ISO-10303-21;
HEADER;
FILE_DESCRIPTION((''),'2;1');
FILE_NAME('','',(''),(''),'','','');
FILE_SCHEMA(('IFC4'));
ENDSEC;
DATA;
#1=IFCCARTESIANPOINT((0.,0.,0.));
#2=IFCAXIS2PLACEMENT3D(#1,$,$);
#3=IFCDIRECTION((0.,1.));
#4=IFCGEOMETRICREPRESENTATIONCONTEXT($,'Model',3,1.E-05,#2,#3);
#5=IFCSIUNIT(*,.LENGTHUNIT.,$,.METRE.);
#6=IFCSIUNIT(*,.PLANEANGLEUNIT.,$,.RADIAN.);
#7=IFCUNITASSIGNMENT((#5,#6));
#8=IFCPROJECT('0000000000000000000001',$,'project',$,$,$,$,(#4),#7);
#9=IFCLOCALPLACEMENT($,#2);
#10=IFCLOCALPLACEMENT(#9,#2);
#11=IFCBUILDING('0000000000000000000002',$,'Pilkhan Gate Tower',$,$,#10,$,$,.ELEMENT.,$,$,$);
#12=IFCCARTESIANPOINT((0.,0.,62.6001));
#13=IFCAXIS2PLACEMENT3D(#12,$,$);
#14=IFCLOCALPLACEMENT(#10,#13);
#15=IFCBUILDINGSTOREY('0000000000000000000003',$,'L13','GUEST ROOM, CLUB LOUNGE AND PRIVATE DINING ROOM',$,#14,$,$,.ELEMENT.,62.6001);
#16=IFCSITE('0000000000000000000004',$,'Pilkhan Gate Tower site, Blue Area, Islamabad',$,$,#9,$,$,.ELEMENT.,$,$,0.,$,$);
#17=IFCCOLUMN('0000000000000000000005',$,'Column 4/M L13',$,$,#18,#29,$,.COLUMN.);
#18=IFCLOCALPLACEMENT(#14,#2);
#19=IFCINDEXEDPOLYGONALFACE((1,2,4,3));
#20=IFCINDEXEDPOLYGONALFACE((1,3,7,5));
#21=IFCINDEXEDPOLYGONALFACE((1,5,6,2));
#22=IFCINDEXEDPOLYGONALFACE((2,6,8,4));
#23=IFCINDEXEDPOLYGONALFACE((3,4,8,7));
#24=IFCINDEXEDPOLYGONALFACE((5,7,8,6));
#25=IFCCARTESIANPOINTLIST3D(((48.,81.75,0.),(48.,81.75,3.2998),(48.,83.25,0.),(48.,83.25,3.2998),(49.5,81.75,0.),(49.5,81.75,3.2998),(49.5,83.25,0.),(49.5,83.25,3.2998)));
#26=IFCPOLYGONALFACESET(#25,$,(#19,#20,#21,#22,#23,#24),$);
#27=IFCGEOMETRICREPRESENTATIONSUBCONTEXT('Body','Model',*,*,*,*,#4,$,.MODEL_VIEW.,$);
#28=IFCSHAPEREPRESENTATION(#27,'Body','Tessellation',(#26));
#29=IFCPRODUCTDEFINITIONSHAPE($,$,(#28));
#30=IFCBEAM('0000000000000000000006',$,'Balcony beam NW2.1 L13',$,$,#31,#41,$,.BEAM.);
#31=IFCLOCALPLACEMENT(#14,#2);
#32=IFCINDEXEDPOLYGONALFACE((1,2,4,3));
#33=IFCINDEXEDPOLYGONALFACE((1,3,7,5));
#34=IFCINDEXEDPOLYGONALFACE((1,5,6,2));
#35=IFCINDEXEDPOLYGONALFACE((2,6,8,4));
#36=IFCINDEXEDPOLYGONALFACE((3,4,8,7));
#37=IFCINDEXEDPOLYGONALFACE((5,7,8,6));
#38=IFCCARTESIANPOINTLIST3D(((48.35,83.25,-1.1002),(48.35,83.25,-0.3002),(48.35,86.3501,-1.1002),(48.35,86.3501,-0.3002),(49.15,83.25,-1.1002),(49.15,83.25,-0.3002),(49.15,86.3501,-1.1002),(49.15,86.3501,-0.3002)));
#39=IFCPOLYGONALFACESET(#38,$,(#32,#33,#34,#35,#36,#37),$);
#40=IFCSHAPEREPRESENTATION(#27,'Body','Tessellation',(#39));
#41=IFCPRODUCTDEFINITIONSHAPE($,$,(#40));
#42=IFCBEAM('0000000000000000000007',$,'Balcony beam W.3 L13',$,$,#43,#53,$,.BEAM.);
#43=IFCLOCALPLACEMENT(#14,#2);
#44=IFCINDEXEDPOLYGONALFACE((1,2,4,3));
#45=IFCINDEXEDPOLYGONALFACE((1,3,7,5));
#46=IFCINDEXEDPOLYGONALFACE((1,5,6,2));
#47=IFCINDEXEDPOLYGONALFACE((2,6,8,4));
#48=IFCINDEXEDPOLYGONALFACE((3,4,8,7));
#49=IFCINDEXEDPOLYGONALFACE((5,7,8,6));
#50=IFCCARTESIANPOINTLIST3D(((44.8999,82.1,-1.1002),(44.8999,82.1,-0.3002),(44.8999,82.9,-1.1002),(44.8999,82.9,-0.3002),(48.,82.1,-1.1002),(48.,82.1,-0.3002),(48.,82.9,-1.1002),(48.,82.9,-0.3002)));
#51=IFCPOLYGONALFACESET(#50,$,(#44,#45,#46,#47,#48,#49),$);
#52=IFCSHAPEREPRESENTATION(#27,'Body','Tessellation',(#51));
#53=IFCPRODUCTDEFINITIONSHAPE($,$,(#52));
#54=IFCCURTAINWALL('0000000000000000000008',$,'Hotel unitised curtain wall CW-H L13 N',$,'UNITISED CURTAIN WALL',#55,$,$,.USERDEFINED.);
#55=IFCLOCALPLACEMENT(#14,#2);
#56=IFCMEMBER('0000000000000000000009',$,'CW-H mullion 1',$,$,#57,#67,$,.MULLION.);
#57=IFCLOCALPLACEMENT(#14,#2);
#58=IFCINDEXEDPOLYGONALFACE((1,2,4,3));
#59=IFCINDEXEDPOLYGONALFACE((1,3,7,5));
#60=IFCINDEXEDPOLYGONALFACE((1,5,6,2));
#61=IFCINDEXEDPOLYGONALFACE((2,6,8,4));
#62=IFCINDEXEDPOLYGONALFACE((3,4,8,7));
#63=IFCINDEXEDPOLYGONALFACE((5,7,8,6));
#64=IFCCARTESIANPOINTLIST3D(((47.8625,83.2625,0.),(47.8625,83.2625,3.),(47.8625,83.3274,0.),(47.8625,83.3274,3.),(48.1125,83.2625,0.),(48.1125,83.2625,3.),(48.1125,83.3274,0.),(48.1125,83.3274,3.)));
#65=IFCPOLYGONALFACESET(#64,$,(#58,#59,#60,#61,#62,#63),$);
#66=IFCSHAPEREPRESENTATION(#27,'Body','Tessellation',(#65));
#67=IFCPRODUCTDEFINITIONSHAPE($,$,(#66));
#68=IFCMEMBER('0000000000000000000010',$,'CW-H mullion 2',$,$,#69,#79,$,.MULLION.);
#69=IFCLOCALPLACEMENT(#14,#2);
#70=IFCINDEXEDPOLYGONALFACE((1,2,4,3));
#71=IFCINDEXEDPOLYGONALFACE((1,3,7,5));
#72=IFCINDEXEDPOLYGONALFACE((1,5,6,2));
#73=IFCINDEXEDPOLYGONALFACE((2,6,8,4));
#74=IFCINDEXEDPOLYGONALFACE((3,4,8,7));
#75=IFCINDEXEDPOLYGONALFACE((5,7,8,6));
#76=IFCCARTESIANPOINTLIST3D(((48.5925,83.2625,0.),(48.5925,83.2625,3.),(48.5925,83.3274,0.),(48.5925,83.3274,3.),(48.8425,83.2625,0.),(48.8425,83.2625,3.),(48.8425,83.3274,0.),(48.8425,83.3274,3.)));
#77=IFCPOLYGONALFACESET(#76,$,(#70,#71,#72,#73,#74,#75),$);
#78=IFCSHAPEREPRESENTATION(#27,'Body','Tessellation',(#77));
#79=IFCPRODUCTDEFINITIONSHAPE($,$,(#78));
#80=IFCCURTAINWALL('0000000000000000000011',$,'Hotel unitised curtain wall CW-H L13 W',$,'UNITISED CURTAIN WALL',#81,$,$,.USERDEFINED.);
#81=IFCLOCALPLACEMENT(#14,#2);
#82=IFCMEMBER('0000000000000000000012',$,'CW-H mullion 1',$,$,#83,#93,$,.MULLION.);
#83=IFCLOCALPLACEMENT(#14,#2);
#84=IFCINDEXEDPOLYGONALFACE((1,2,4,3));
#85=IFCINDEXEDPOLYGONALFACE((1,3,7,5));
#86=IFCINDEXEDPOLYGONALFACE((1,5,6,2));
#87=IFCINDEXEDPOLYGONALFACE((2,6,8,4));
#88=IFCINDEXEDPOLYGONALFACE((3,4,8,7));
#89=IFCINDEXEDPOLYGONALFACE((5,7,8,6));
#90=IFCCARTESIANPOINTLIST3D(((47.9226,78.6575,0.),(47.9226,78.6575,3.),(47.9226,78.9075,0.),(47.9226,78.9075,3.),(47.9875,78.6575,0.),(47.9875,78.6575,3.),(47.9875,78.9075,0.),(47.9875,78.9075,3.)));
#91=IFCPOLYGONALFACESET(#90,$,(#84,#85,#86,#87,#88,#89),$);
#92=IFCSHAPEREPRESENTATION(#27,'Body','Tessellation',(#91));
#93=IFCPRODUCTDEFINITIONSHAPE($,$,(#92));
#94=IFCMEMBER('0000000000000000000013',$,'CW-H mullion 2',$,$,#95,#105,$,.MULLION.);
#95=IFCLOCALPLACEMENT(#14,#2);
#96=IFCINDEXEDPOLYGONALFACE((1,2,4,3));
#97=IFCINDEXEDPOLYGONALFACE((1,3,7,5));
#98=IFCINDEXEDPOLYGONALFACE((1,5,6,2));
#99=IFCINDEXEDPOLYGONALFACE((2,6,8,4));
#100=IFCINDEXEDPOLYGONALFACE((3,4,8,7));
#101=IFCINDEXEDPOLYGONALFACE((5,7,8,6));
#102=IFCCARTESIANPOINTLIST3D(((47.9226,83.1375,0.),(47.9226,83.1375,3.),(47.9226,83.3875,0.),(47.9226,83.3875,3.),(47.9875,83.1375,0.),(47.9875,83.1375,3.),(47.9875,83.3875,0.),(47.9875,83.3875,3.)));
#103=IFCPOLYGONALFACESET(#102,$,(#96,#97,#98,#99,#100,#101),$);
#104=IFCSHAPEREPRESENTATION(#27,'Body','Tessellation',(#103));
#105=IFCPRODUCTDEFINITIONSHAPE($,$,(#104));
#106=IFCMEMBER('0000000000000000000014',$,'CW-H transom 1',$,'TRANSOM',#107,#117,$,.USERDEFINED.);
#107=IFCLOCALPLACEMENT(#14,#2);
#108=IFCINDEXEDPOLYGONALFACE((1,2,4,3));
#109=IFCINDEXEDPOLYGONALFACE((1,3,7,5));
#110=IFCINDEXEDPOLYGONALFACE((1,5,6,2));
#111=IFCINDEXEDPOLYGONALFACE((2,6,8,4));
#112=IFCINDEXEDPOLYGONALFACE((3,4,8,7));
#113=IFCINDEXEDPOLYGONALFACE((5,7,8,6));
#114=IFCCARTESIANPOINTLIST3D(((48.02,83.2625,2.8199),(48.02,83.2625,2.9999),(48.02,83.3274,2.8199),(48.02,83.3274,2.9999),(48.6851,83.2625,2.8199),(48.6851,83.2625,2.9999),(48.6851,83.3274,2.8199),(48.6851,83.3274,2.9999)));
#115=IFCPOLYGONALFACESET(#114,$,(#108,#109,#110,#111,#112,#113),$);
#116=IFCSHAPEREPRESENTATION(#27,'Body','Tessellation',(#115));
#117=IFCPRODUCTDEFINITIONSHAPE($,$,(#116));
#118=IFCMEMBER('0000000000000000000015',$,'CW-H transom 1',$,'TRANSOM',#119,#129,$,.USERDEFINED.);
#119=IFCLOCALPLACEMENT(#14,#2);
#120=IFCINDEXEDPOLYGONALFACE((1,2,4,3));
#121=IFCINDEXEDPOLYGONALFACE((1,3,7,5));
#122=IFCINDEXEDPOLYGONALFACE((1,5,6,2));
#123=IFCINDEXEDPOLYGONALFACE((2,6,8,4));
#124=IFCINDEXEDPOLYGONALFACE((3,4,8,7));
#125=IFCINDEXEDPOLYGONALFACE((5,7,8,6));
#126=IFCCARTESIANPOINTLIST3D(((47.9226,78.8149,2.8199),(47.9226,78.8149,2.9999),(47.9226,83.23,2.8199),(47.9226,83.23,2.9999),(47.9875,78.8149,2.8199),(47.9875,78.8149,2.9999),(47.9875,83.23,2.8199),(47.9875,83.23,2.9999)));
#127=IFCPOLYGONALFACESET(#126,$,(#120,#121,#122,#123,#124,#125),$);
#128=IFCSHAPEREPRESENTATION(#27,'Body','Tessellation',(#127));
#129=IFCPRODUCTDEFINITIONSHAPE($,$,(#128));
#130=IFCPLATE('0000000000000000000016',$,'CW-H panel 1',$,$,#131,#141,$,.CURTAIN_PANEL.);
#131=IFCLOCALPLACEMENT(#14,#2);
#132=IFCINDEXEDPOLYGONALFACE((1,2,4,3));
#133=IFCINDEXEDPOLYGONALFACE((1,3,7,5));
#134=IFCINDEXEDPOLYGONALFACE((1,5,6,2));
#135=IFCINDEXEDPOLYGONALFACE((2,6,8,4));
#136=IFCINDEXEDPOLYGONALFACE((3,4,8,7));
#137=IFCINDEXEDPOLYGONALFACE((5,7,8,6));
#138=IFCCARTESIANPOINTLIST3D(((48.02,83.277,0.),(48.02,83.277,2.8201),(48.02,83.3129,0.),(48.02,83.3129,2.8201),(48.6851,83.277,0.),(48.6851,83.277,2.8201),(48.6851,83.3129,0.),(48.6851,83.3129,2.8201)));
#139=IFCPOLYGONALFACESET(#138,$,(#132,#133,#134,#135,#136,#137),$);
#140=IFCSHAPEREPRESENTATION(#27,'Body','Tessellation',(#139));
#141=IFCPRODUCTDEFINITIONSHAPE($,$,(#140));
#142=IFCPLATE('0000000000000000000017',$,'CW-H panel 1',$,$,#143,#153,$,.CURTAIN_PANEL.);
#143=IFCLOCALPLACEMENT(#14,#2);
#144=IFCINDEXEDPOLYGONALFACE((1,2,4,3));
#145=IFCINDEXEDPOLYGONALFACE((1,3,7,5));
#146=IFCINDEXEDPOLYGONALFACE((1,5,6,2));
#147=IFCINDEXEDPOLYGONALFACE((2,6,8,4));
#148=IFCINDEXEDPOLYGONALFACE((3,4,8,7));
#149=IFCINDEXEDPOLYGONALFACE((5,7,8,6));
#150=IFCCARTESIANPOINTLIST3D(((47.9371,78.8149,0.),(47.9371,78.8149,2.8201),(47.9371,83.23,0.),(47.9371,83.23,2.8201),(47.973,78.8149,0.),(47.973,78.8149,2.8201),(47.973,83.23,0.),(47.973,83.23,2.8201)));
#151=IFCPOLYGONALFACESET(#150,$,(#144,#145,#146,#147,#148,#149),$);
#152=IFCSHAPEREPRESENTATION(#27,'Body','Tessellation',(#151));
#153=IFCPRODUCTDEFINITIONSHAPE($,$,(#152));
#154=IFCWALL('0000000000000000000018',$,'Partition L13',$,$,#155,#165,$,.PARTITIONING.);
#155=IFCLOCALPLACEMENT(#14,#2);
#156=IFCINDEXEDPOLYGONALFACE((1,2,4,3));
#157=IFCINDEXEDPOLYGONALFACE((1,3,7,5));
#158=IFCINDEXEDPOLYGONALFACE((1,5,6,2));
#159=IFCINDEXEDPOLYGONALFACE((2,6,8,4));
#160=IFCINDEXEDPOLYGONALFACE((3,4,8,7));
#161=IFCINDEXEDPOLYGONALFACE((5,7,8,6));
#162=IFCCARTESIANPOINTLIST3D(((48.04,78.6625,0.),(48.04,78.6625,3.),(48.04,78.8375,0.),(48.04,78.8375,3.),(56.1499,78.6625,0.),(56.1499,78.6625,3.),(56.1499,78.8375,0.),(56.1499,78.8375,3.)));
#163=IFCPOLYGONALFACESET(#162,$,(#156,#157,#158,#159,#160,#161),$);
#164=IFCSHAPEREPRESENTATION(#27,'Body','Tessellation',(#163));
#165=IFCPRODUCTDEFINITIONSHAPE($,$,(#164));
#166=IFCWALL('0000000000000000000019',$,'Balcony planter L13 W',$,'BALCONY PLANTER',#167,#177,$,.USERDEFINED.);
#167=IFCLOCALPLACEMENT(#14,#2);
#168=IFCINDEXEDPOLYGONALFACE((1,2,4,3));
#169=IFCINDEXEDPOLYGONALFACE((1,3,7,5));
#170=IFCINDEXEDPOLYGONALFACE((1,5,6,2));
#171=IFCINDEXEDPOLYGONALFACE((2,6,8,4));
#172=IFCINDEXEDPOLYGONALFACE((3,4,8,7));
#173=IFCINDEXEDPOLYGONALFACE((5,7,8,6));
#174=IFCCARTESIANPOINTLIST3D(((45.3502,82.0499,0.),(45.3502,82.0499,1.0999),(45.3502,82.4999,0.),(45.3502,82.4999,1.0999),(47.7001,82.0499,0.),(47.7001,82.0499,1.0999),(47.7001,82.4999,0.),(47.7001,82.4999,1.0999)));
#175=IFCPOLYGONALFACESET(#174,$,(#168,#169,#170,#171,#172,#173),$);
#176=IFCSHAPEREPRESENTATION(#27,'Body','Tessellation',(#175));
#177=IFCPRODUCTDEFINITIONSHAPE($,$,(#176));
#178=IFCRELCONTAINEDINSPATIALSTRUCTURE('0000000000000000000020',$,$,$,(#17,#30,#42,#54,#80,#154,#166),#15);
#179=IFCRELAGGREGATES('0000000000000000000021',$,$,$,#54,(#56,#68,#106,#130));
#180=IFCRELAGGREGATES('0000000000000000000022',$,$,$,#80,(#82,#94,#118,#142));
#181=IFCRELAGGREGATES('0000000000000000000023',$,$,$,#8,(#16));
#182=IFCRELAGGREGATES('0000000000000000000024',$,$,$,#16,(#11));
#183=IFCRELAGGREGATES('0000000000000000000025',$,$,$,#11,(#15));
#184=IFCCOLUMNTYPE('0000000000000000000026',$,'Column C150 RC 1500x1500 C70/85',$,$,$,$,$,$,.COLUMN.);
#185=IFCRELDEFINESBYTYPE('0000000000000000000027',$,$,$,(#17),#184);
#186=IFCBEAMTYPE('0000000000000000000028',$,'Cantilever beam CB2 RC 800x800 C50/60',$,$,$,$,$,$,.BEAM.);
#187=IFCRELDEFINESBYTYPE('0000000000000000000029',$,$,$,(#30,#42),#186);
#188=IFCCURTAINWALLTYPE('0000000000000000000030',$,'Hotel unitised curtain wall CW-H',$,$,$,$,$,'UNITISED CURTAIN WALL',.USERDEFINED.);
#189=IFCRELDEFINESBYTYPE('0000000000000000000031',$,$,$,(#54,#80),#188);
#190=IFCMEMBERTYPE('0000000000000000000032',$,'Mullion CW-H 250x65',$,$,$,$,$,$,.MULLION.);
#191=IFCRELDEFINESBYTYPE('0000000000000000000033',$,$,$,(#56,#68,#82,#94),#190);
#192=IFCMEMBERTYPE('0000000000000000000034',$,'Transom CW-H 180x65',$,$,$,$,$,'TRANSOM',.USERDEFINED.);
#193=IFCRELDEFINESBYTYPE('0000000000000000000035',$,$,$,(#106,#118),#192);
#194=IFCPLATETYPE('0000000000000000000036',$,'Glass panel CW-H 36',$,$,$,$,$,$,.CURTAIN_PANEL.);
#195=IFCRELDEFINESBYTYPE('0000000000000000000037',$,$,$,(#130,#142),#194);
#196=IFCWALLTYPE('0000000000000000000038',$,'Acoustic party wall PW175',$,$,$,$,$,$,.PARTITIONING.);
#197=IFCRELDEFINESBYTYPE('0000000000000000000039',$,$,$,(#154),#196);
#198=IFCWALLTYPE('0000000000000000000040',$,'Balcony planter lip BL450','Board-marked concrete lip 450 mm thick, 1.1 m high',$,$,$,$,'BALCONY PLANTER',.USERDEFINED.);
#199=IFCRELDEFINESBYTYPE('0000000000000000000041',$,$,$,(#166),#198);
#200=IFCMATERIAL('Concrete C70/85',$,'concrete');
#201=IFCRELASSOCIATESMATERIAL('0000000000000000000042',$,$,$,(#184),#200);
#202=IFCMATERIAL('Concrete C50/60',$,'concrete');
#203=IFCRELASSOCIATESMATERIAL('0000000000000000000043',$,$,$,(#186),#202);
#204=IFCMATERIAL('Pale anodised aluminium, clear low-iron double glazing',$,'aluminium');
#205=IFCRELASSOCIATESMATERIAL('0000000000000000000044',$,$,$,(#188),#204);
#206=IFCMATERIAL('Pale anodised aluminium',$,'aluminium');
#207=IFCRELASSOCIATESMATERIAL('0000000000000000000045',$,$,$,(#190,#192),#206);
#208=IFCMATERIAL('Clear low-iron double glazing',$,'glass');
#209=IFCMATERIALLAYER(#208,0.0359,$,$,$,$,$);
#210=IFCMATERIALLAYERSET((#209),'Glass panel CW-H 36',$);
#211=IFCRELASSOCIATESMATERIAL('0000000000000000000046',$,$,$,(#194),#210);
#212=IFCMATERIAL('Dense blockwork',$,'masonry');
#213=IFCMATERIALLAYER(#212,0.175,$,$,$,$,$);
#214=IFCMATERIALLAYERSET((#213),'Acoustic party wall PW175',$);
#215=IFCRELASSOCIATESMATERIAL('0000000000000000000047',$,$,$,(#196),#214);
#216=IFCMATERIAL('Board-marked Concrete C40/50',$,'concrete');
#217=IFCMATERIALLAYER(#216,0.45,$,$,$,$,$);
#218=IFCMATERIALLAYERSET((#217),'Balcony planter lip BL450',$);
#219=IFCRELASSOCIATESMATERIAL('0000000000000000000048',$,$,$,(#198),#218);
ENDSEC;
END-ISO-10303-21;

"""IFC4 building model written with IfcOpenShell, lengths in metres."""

from ifc_helpers import new_model, si_unit, direction, frame, frame_2d, origin, origin_2d, place, context, subcontext, project, spatial, rectangle, extrude, material, layer, layer_set, material_profile, profile_set, type_object, element, aggregate, save


model = new_model("IFC4")

# Units and contexts
model_context = context("Model", 3, precision=1e-05, world=origin(), true_north=direction((0.0, 1.0)))
body_context = subcontext(model_context, "Body", "Model", "MODEL_VIEW")
ifc_project = project(units=[si_unit("LENGTHUNIT", "METRE"), si_unit("PLANEANGLEUNIT", "RADIAN")], contexts=[model_context])

# Site, building, storey
site_placement = place(None, origin())
site = spatial("IfcSite", under=ifc_project, at=site_placement, Name="Pilkhan Gate Tower site, Blue Area, Islamabad", CompositionType="ELEMENT", RefElevation=0.0)
building_placement = place(site_placement, origin())
building = spatial("IfcBuilding", under=site, at=building_placement, Name="Pilkhan Gate Tower", CompositionType="ELEMENT")
storey_placement = place(building_placement, frame((0.0, 0.0, 62.6001)))
storey = spatial("IfcBuildingStorey", under=building, at=storey_placement, Name="L13", Description="GUEST ROOM, CLUB LOUNGE AND PRIVATE DINING ROOM", CompositionType="ELEMENT", Elevation=62.6001)

# Column
ifc_material_1 = material(Name="Concrete C70/85", Category="concrete")
ifc_material_profile_1 = material_profile(ifc_material_1, rectangle(XDim=1.5, YDim=1.5, at=origin_2d()), Name="RC 1500x1500")
ifc_profile_set_1 = profile_set([ifc_material_profile_1], Name="Concrete C70/85")
column_type = type_object("IfcColumnType", Name="Column C150 RC 1500x1500 C70/85", PredefinedType="COLUMN", material=ifc_profile_set_1)
column_placement = place(storey_placement, frame((48.75, 82.5, 0.0), z_axis=(0.0, 0.0, 1.0), x_axis=(1.0, 0.0, 0.0)))
element("IfcColumn", 1, at=column_placement, inside=storey, type_object=column_type, Name="Column 4/M L13", PredefinedType="COLUMN", context=body_context, shape_type="SweptSolid", body=[
    extrude(rectangle(XDim=1.5, YDim=1.5, at=origin_2d()), origin(), (0.0, 0.0, 1.0), 3.2998),
])

# Beams
ifc_material_2 = material(Name="Concrete C50/60", Category="concrete")
ifc_material_profile_2 = material_profile(ifc_material_2, rectangle(XDim=0.8, YDim=0.8, at=origin_2d()), Name="RC 800x800")
ifc_profile_set_2 = profile_set([ifc_material_profile_2], Name="Concrete C50/60")
beam_type = type_object("IfcBeamType", Name="Cantilever beam CB2 RC 800x800 C50/60", PredefinedType="BEAM", material=ifc_profile_set_2)
for number, where, z_axis, x_axis, name in (
    (2, (48.75, 83.25, -0.7002), (0.0, 1.0, 0.0), (-1.0, 0.0, 0.0), "Balcony beam NW2.1 L13"),
    (3, (48.0, 82.5, -0.7002), (-1.0, 0.0, 0.0), (0.0, -1.0, 0.0), "Balcony beam W.3 L13"),
):
    element("IfcBeam", number, at=place(storey_placement, frame(where, z_axis=z_axis, x_axis=x_axis)), inside=storey, type_object=beam_type, Name=name, PredefinedType="BEAM", context=body_context, shape_type="SweptSolid", body=[
        extrude(rectangle(XDim=0.8, YDim=0.8, at=origin_2d()), origin(), (0.0, 0.0, 1.0), 3.1001),
    ])

# Curtain walls, members
ifc_material_3 = material(Name="Pale anodised aluminium, clear low-iron double glazing", Category="aluminium")
curtain_wall_type = type_object("IfcCurtainWallType", Name="Hotel unitised curtain wall CW-H", ElementType="UNITISED CURTAIN WALL", PredefinedType="USERDEFINED", material=ifc_material_3)
curtain_wall_1_placement = place(storey_placement, origin())
curtain_wall_1 = element("IfcCurtainWall", 4, at=curtain_wall_1_placement, inside=storey, type_object=curtain_wall_type, Name="Hotel unitised curtain wall CW-H L13 N", ObjectType="UNITISED CURTAIN WALL", PredefinedType="USERDEFINED")
ifc_material_4 = material(Name="Pale anodised aluminium", Category="aluminium")
ifc_material_profile_3 = material_profile(ifc_material_4, rectangle(XDim=0.0649, YDim=0.25, at=origin_2d()), Name="Mullion 250x65")
ifc_profile_set_3 = profile_set([ifc_material_profile_3], Name="Pale anodised aluminium")
member_type_1 = type_object("IfcMemberType", Name="Mullion CW-H 250x65", PredefinedType="MULLION", material=ifc_profile_set_3)
member_1_placement = place(storey_placement, frame((47.9875, 83.2949, 0.0), z_axis=(0.0, 0.0, 1.0), x_axis=(0.0, 1.0, 0.0)))
member_1 = element("IfcMember", 5, at=member_1_placement, type_object=member_type_1, Name="CW-H mullion 1", PredefinedType="MULLION", context=body_context, shape_type="SweptSolid", body=[
    extrude(rectangle(XDim=0.0649, YDim=0.25, at=origin_2d()), origin(), (0.0, 0.0, 1.0), 3.0),
])
member_2_placement = place(storey_placement, frame((48.7175, 83.2949, 0.0), z_axis=(0.0, 0.0, 1.0), x_axis=(0.0, 1.0, 0.0)))
member_2 = element("IfcMember", 6, at=member_2_placement, type_object=member_type_1, Name="CW-H mullion 2", PredefinedType="MULLION", context=body_context, shape_type="SweptSolid", body=[
    extrude(rectangle(XDim=0.0649, YDim=0.25, at=origin_2d()), origin(), (0.0, 0.0, 1.0), 3.0),
])
curtain_wall_2_placement = place(storey_placement, origin())
curtain_wall_2 = element("IfcCurtainWall", 7, at=curtain_wall_2_placement, inside=storey, type_object=curtain_wall_type, Name="Hotel unitised curtain wall CW-H L13 W", ObjectType="UNITISED CURTAIN WALL", PredefinedType="USERDEFINED")
member_3_placement = place(storey_placement, frame((47.9551, 78.7825, 0.0), z_axis=(0.0, 0.0, 1.0), x_axis=(-1.0, 0.0, 0.0)))
member_3 = element("IfcMember", 8, at=member_3_placement, type_object=member_type_1, Name="CW-H mullion 1", PredefinedType="MULLION", context=body_context, shape_type="SweptSolid", body=[
    extrude(rectangle(XDim=0.0649, YDim=0.25, at=origin_2d()), origin(), (0.0, 0.0, 1.0), 3.0),
])
member_4_placement = place(storey_placement, frame((47.9551, 83.2625, 0.0), z_axis=(0.0, 0.0, 1.0), x_axis=(-1.0, 0.0, 0.0)))
member_4 = element("IfcMember", 9, at=member_4_placement, type_object=member_type_1, Name="CW-H mullion 2", PredefinedType="MULLION", context=body_context, shape_type="SweptSolid", body=[
    extrude(rectangle(XDim=0.0649, YDim=0.25, at=origin_2d()), origin(), (0.0, 0.0, 1.0), 3.0),
])

# Members
ifc_material_profile_4 = material_profile(ifc_material_4, rectangle(XDim=0.0649, YDim=0.1799, at=origin_2d()), Name="Transom 180x65")
ifc_profile_set_4 = profile_set([ifc_material_profile_4], Name="Pale anodised aluminium")
member_type_2 = type_object("IfcMemberType", Name="Transom CW-H 180x65", ElementType="TRANSOM", PredefinedType="USERDEFINED", material=ifc_profile_set_4)
member_5_placement = place(storey_placement, frame((48.02, 83.2949, 2.9099), z_axis=(1.0, 0.0, 0.0), x_axis=(0.0, 1.0, 0.0)))
member_5 = element("IfcMember", 10, at=member_5_placement, type_object=member_type_2, Name="CW-H transom 1", ObjectType="TRANSOM", PredefinedType="USERDEFINED", context=body_context, shape_type="SweptSolid", body=[
    extrude(rectangle(XDim=0.0649, YDim=0.1799, at=origin_2d()), origin(), (0.0, 0.0, 1.0), 0.665),
])
member_6_placement = place(storey_placement, frame((47.9551, 78.8149, 2.9099), z_axis=(0.0, 1.0, 0.0), x_axis=(-1.0, 0.0, 0.0)))
member_6 = element("IfcMember", 11, at=member_6_placement, type_object=member_type_2, Name="CW-H transom 1", ObjectType="TRANSOM", PredefinedType="USERDEFINED", context=body_context, shape_type="SweptSolid", body=[
    extrude(rectangle(XDim=0.0649, YDim=0.1799, at=origin_2d()), origin(), (0.0, 0.0, 1.0), 4.415),
])

# Plates
ifc_material_5 = material(Name="Clear low-iron double glazing", Category="glass")
ifc_layer_1 = layer(ifc_material_5, 0.0359)
ifc_layer_set_1 = layer_set([ifc_layer_1], Name="Glass panel CW-H 36")
plate_type = type_object("IfcPlateType", Name="Glass panel CW-H 36", PredefinedType="CURTAIN_PANEL", material=ifc_layer_set_1)
plate_1_placement = place(storey_placement, frame((48.3525, 83.2949, 0.0), z_axis=(0.0, 0.0, 1.0), x_axis=(1.0, 0.0, 0.0)))
plate_1 = element("IfcPlate", 12, at=plate_1_placement, type_object=plate_type, Name="CW-H panel 1", PredefinedType="CURTAIN_PANEL", context=body_context, shape_type="SweptSolid", body=[
    extrude(rectangle(XDim=0.665, YDim=0.0359, at=origin_2d()), origin(), (0.0, 0.0, 1.0), 2.8201),
])
aggregate(curtain_wall_1, [member_1, member_2, member_5, plate_1])
plate_2_placement = place(storey_placement, frame((47.9551, 81.0225, 0.0), z_axis=(0.0, 0.0, 1.0), x_axis=(0.0, 1.0, 0.0)))
plate_2 = element("IfcPlate", 13, at=plate_2_placement, type_object=plate_type, Name="CW-H panel 1", PredefinedType="CURTAIN_PANEL", context=body_context, shape_type="SweptSolid", body=[
    extrude(rectangle(XDim=4.415, YDim=0.0359, at=origin_2d()), origin(), (0.0, 0.0, 1.0), 2.8201),
])
aggregate(curtain_wall_2, [member_3, member_4, member_6, plate_2])

# Walls
ifc_material_6 = material(Name="Dense blockwork", Category="masonry")
ifc_layer_2 = layer(ifc_material_6, 0.175)
ifc_layer_set_2 = layer_set([ifc_layer_2], Name="Acoustic party wall PW175")
wall_type_1 = type_object("IfcWallType", Name="Acoustic party wall PW175", PredefinedType="PARTITIONING", material=ifc_layer_set_2)
wall_1_placement = place(storey_placement, frame((48.04, 78.75, 0.0), z_axis=(0.0, 0.0, 1.0), x_axis=(1.0, 0.0, 0.0)))
element("IfcWall", 14, at=wall_1_placement, inside=storey, type_object=wall_type_1, Name="Partition L13", PredefinedType="PARTITIONING", context=body_context, shape_type="SweptSolid", body=[
    extrude(rectangle(XDim=8.1099, YDim=0.175, at=frame_2d((4.0549, 0.0))), origin(), (0.0, 0.0, 1.0), 3.0),
])
ifc_material_7 = material(Name="Board-marked Concrete C40/50", Category="concrete")
ifc_layer_3 = layer(ifc_material_7, 0.45)
ifc_layer_set_3 = layer_set([ifc_layer_3], Name="Balcony planter lip BL450")
wall_type_2 = type_object("IfcWallType", Name="Balcony planter lip BL450", Description="Board-marked concrete lip 450 mm thick, 1.1 m high", ElementType="BALCONY PLANTER", PredefinedType="USERDEFINED", material=ifc_layer_set_3)
wall_2_placement = place(storey_placement, frame((47.7, 82.2749, 0.0), z_axis=(0.0, 0.0, 1.0), x_axis=(-1.0, 0.0, 0.0)))
element("IfcWall", 15, at=wall_2_placement, inside=storey, type_object=wall_type_2, Name="Balcony planter L13 W", ObjectType="BALCONY PLANTER", PredefinedType="USERDEFINED", context=body_context, shape_type="SweptSolid", body=[
    extrude(rectangle(XDim=2.3499, YDim=0.45, at=frame_2d((1.1748, 0.0))), origin(), (0.0, 0.0, 1.0), 1.0999),
])

save(model, "model.ifc")
